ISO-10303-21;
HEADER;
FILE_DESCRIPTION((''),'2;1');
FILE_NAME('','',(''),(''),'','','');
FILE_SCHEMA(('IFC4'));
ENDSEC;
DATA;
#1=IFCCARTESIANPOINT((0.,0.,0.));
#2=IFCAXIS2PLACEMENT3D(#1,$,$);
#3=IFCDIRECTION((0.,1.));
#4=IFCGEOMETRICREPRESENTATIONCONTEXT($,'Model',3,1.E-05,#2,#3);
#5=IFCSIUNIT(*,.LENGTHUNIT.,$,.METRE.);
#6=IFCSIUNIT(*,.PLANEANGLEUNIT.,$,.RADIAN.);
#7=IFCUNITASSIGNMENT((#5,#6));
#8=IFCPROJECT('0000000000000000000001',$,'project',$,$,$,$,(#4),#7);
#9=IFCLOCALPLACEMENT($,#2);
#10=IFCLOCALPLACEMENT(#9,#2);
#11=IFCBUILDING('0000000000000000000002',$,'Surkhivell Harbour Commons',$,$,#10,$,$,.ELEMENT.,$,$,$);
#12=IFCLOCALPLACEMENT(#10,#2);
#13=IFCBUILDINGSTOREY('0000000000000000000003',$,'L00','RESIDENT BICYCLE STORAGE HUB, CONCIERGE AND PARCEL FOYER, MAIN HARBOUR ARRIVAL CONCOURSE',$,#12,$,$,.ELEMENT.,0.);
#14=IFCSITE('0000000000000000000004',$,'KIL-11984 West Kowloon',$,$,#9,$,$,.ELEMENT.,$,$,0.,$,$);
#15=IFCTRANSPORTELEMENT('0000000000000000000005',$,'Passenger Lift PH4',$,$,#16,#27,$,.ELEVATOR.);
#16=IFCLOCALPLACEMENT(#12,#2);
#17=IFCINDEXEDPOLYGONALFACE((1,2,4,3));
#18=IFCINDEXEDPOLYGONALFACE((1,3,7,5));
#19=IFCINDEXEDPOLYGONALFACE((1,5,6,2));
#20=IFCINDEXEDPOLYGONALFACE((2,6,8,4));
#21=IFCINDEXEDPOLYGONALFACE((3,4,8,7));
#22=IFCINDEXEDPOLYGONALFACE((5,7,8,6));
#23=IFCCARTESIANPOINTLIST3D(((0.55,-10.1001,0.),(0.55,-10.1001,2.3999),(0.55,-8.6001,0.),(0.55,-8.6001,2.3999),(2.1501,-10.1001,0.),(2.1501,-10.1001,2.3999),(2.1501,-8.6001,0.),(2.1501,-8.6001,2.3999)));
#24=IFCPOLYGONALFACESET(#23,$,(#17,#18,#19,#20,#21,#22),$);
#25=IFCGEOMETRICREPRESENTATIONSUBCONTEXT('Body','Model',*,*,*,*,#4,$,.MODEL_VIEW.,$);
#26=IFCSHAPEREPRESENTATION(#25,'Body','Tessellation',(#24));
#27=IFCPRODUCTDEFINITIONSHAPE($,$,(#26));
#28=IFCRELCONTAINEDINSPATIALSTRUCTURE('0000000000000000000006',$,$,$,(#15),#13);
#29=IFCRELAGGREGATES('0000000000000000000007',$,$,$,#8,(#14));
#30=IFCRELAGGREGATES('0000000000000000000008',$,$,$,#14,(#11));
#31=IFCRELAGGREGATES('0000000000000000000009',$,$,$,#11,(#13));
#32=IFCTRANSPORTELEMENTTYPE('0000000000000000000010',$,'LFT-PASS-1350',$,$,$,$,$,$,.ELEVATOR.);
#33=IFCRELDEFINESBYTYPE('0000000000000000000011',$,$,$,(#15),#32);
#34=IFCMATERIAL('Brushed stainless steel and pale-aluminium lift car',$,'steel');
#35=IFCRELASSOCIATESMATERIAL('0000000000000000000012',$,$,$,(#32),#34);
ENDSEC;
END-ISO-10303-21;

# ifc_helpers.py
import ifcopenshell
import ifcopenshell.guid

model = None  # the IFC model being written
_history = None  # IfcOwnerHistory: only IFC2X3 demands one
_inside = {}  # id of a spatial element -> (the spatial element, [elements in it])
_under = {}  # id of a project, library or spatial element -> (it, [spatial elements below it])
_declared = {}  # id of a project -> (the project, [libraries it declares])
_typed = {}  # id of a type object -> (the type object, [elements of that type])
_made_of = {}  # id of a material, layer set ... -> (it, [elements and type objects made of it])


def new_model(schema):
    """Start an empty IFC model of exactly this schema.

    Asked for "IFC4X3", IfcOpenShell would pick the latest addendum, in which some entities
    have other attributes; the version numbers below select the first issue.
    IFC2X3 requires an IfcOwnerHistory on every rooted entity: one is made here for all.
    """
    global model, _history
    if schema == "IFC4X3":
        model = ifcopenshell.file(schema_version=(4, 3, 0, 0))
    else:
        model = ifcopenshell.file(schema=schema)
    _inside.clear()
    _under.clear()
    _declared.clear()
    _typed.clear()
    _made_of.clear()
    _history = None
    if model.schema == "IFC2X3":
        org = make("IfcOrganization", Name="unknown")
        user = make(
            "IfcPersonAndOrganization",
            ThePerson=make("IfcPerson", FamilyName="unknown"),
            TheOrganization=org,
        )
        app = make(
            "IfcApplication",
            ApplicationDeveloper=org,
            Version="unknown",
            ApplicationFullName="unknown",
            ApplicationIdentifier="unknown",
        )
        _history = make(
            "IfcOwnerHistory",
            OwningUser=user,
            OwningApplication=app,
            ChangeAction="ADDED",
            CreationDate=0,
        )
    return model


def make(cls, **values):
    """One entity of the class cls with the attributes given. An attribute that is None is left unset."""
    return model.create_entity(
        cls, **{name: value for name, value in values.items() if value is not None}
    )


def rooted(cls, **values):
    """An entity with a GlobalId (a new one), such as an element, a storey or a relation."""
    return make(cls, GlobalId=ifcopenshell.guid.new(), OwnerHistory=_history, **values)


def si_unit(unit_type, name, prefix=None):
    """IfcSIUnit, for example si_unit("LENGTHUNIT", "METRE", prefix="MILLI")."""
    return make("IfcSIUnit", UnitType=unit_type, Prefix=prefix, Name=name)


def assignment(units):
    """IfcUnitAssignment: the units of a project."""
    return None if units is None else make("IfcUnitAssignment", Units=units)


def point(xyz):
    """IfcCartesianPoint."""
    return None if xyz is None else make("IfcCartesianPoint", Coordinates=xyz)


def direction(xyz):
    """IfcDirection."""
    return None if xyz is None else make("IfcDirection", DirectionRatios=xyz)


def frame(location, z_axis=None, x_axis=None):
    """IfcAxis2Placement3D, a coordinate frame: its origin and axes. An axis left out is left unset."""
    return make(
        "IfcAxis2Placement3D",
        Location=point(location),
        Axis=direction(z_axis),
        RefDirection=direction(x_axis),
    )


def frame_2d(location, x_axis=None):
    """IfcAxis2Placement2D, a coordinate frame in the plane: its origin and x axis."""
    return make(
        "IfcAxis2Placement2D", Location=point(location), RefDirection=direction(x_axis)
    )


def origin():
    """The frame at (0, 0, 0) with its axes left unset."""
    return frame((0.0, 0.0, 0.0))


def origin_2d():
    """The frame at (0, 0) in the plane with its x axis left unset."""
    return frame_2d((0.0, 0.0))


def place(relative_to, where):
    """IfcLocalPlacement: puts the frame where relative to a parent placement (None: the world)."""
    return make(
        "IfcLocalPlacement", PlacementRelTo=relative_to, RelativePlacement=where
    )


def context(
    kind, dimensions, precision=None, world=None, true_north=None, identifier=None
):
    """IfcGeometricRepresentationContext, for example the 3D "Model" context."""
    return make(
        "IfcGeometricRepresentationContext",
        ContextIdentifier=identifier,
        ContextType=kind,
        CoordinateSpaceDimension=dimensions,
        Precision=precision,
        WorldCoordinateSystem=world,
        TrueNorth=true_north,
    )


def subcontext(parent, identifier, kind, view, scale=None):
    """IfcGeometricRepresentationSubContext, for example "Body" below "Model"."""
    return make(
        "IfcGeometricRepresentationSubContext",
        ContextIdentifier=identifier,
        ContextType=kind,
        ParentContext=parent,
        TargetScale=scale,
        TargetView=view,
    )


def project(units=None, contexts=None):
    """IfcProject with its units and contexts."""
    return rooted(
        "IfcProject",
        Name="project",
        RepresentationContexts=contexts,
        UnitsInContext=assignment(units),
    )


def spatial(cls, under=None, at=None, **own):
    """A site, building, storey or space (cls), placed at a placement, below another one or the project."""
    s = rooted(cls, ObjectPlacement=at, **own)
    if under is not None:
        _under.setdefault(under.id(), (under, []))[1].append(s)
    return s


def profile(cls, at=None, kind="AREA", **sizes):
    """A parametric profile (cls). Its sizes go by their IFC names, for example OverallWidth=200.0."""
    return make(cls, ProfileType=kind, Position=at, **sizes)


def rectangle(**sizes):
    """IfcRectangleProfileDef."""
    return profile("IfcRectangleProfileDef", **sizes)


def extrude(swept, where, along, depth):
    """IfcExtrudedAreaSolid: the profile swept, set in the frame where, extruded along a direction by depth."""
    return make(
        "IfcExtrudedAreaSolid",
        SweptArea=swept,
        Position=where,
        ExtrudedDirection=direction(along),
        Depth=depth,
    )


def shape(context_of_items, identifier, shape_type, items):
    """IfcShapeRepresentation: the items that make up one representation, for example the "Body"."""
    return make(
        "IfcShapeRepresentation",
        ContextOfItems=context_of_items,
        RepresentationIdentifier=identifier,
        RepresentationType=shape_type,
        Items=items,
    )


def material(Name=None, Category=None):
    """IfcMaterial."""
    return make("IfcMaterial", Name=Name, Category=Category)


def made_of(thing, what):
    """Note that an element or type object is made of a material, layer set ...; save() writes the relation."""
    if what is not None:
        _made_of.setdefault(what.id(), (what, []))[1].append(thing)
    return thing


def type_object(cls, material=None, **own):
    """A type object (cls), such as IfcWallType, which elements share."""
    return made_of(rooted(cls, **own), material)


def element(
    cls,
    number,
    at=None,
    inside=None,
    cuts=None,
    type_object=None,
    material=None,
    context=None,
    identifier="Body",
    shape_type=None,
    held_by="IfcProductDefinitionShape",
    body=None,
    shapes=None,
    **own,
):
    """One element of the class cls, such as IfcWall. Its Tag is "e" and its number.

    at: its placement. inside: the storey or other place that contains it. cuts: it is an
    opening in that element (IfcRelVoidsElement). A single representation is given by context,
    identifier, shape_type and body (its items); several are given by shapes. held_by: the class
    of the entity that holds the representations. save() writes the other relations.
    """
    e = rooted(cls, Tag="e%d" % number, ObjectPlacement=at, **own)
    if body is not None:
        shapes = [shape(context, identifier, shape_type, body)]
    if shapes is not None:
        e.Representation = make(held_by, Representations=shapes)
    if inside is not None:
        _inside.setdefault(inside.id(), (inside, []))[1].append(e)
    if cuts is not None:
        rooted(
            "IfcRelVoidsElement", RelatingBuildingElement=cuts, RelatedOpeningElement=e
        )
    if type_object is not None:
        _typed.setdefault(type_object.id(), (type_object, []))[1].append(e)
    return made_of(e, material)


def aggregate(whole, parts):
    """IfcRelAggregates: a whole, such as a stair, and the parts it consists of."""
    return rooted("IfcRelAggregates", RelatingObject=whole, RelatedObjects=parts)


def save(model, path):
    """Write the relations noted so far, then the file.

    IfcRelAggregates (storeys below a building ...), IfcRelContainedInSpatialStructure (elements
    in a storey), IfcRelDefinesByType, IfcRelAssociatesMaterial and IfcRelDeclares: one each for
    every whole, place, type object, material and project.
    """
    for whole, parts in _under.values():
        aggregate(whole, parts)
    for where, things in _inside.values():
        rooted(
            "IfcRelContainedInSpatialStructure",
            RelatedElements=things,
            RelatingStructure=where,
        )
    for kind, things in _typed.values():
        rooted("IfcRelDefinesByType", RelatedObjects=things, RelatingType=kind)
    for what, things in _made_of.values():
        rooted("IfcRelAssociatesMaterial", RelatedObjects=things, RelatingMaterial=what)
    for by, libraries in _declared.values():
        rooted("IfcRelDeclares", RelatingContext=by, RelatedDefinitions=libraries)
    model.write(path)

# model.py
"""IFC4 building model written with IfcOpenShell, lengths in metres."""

from ifc_helpers import new_model, si_unit, direction, frame, origin, origin_2d, place, context, subcontext, project, spatial, rectangle, extrude, material, type_object, element, save


model = new_model("IFC4")

# Units and contexts
model_context = context("Model", 3, precision=1e-05, world=origin(), true_north=direction((0.0, 1.0)))
body_context = subcontext(model_context, "Body", "Model", "MODEL_VIEW")
ifc_project = project(units=[si_unit("LENGTHUNIT", "METRE"), si_unit("PLANEANGLEUNIT", "RADIAN")], contexts=[model_context])

# Site, building, storey
site_placement = place(None, origin())
site = spatial("IfcSite", under=ifc_project, at=site_placement, Name="KIL-11984 West Kowloon", CompositionType="ELEMENT", RefElevation=0.0)
building_placement = place(site_placement, origin())
building = spatial("IfcBuilding", under=site, at=building_placement, Name="Surkhivell Harbour Commons", CompositionType="ELEMENT")
storey_placement = place(building_placement, origin())
storey = spatial("IfcBuildingStorey", under=building, at=storey_placement, Name="L00", Description="RESIDENT BICYCLE STORAGE HUB, CONCIERGE AND PARCEL FOYER, MAIN HARBOUR ARRIVAL CONCOURSE", CompositionType="ELEMENT", Elevation=0.0)

# Transport element
ifc_material_1 = material(Name="Brushed stainless steel and pale-aluminium lift car", Category="steel")
transport_element_type = type_object("IfcTransportElementType", Name="LFT-PASS-1350", PredefinedType="ELEVATOR", material=ifc_material_1)
transport_element_placement = place(storey_placement, frame((1.3501, -9.3501, 0.0), z_axis=(0.0, 0.0, 1.0), x_axis=(1.0, 0.0, 0.0)))
element("IfcTransportElement", 1, at=transport_element_placement, inside=storey, type_object=transport_element_type, Name="Passenger Lift PH4", PredefinedType="ELEVATOR", context=body_context, shape_type="SweptSolid", body=[
    extrude(rectangle(XDim=1.6001, YDim=1.5, at=origin_2d()), origin(), (0.0, 0.0, 1.0), 2.3999),
])

save(model, "model.ifc")
